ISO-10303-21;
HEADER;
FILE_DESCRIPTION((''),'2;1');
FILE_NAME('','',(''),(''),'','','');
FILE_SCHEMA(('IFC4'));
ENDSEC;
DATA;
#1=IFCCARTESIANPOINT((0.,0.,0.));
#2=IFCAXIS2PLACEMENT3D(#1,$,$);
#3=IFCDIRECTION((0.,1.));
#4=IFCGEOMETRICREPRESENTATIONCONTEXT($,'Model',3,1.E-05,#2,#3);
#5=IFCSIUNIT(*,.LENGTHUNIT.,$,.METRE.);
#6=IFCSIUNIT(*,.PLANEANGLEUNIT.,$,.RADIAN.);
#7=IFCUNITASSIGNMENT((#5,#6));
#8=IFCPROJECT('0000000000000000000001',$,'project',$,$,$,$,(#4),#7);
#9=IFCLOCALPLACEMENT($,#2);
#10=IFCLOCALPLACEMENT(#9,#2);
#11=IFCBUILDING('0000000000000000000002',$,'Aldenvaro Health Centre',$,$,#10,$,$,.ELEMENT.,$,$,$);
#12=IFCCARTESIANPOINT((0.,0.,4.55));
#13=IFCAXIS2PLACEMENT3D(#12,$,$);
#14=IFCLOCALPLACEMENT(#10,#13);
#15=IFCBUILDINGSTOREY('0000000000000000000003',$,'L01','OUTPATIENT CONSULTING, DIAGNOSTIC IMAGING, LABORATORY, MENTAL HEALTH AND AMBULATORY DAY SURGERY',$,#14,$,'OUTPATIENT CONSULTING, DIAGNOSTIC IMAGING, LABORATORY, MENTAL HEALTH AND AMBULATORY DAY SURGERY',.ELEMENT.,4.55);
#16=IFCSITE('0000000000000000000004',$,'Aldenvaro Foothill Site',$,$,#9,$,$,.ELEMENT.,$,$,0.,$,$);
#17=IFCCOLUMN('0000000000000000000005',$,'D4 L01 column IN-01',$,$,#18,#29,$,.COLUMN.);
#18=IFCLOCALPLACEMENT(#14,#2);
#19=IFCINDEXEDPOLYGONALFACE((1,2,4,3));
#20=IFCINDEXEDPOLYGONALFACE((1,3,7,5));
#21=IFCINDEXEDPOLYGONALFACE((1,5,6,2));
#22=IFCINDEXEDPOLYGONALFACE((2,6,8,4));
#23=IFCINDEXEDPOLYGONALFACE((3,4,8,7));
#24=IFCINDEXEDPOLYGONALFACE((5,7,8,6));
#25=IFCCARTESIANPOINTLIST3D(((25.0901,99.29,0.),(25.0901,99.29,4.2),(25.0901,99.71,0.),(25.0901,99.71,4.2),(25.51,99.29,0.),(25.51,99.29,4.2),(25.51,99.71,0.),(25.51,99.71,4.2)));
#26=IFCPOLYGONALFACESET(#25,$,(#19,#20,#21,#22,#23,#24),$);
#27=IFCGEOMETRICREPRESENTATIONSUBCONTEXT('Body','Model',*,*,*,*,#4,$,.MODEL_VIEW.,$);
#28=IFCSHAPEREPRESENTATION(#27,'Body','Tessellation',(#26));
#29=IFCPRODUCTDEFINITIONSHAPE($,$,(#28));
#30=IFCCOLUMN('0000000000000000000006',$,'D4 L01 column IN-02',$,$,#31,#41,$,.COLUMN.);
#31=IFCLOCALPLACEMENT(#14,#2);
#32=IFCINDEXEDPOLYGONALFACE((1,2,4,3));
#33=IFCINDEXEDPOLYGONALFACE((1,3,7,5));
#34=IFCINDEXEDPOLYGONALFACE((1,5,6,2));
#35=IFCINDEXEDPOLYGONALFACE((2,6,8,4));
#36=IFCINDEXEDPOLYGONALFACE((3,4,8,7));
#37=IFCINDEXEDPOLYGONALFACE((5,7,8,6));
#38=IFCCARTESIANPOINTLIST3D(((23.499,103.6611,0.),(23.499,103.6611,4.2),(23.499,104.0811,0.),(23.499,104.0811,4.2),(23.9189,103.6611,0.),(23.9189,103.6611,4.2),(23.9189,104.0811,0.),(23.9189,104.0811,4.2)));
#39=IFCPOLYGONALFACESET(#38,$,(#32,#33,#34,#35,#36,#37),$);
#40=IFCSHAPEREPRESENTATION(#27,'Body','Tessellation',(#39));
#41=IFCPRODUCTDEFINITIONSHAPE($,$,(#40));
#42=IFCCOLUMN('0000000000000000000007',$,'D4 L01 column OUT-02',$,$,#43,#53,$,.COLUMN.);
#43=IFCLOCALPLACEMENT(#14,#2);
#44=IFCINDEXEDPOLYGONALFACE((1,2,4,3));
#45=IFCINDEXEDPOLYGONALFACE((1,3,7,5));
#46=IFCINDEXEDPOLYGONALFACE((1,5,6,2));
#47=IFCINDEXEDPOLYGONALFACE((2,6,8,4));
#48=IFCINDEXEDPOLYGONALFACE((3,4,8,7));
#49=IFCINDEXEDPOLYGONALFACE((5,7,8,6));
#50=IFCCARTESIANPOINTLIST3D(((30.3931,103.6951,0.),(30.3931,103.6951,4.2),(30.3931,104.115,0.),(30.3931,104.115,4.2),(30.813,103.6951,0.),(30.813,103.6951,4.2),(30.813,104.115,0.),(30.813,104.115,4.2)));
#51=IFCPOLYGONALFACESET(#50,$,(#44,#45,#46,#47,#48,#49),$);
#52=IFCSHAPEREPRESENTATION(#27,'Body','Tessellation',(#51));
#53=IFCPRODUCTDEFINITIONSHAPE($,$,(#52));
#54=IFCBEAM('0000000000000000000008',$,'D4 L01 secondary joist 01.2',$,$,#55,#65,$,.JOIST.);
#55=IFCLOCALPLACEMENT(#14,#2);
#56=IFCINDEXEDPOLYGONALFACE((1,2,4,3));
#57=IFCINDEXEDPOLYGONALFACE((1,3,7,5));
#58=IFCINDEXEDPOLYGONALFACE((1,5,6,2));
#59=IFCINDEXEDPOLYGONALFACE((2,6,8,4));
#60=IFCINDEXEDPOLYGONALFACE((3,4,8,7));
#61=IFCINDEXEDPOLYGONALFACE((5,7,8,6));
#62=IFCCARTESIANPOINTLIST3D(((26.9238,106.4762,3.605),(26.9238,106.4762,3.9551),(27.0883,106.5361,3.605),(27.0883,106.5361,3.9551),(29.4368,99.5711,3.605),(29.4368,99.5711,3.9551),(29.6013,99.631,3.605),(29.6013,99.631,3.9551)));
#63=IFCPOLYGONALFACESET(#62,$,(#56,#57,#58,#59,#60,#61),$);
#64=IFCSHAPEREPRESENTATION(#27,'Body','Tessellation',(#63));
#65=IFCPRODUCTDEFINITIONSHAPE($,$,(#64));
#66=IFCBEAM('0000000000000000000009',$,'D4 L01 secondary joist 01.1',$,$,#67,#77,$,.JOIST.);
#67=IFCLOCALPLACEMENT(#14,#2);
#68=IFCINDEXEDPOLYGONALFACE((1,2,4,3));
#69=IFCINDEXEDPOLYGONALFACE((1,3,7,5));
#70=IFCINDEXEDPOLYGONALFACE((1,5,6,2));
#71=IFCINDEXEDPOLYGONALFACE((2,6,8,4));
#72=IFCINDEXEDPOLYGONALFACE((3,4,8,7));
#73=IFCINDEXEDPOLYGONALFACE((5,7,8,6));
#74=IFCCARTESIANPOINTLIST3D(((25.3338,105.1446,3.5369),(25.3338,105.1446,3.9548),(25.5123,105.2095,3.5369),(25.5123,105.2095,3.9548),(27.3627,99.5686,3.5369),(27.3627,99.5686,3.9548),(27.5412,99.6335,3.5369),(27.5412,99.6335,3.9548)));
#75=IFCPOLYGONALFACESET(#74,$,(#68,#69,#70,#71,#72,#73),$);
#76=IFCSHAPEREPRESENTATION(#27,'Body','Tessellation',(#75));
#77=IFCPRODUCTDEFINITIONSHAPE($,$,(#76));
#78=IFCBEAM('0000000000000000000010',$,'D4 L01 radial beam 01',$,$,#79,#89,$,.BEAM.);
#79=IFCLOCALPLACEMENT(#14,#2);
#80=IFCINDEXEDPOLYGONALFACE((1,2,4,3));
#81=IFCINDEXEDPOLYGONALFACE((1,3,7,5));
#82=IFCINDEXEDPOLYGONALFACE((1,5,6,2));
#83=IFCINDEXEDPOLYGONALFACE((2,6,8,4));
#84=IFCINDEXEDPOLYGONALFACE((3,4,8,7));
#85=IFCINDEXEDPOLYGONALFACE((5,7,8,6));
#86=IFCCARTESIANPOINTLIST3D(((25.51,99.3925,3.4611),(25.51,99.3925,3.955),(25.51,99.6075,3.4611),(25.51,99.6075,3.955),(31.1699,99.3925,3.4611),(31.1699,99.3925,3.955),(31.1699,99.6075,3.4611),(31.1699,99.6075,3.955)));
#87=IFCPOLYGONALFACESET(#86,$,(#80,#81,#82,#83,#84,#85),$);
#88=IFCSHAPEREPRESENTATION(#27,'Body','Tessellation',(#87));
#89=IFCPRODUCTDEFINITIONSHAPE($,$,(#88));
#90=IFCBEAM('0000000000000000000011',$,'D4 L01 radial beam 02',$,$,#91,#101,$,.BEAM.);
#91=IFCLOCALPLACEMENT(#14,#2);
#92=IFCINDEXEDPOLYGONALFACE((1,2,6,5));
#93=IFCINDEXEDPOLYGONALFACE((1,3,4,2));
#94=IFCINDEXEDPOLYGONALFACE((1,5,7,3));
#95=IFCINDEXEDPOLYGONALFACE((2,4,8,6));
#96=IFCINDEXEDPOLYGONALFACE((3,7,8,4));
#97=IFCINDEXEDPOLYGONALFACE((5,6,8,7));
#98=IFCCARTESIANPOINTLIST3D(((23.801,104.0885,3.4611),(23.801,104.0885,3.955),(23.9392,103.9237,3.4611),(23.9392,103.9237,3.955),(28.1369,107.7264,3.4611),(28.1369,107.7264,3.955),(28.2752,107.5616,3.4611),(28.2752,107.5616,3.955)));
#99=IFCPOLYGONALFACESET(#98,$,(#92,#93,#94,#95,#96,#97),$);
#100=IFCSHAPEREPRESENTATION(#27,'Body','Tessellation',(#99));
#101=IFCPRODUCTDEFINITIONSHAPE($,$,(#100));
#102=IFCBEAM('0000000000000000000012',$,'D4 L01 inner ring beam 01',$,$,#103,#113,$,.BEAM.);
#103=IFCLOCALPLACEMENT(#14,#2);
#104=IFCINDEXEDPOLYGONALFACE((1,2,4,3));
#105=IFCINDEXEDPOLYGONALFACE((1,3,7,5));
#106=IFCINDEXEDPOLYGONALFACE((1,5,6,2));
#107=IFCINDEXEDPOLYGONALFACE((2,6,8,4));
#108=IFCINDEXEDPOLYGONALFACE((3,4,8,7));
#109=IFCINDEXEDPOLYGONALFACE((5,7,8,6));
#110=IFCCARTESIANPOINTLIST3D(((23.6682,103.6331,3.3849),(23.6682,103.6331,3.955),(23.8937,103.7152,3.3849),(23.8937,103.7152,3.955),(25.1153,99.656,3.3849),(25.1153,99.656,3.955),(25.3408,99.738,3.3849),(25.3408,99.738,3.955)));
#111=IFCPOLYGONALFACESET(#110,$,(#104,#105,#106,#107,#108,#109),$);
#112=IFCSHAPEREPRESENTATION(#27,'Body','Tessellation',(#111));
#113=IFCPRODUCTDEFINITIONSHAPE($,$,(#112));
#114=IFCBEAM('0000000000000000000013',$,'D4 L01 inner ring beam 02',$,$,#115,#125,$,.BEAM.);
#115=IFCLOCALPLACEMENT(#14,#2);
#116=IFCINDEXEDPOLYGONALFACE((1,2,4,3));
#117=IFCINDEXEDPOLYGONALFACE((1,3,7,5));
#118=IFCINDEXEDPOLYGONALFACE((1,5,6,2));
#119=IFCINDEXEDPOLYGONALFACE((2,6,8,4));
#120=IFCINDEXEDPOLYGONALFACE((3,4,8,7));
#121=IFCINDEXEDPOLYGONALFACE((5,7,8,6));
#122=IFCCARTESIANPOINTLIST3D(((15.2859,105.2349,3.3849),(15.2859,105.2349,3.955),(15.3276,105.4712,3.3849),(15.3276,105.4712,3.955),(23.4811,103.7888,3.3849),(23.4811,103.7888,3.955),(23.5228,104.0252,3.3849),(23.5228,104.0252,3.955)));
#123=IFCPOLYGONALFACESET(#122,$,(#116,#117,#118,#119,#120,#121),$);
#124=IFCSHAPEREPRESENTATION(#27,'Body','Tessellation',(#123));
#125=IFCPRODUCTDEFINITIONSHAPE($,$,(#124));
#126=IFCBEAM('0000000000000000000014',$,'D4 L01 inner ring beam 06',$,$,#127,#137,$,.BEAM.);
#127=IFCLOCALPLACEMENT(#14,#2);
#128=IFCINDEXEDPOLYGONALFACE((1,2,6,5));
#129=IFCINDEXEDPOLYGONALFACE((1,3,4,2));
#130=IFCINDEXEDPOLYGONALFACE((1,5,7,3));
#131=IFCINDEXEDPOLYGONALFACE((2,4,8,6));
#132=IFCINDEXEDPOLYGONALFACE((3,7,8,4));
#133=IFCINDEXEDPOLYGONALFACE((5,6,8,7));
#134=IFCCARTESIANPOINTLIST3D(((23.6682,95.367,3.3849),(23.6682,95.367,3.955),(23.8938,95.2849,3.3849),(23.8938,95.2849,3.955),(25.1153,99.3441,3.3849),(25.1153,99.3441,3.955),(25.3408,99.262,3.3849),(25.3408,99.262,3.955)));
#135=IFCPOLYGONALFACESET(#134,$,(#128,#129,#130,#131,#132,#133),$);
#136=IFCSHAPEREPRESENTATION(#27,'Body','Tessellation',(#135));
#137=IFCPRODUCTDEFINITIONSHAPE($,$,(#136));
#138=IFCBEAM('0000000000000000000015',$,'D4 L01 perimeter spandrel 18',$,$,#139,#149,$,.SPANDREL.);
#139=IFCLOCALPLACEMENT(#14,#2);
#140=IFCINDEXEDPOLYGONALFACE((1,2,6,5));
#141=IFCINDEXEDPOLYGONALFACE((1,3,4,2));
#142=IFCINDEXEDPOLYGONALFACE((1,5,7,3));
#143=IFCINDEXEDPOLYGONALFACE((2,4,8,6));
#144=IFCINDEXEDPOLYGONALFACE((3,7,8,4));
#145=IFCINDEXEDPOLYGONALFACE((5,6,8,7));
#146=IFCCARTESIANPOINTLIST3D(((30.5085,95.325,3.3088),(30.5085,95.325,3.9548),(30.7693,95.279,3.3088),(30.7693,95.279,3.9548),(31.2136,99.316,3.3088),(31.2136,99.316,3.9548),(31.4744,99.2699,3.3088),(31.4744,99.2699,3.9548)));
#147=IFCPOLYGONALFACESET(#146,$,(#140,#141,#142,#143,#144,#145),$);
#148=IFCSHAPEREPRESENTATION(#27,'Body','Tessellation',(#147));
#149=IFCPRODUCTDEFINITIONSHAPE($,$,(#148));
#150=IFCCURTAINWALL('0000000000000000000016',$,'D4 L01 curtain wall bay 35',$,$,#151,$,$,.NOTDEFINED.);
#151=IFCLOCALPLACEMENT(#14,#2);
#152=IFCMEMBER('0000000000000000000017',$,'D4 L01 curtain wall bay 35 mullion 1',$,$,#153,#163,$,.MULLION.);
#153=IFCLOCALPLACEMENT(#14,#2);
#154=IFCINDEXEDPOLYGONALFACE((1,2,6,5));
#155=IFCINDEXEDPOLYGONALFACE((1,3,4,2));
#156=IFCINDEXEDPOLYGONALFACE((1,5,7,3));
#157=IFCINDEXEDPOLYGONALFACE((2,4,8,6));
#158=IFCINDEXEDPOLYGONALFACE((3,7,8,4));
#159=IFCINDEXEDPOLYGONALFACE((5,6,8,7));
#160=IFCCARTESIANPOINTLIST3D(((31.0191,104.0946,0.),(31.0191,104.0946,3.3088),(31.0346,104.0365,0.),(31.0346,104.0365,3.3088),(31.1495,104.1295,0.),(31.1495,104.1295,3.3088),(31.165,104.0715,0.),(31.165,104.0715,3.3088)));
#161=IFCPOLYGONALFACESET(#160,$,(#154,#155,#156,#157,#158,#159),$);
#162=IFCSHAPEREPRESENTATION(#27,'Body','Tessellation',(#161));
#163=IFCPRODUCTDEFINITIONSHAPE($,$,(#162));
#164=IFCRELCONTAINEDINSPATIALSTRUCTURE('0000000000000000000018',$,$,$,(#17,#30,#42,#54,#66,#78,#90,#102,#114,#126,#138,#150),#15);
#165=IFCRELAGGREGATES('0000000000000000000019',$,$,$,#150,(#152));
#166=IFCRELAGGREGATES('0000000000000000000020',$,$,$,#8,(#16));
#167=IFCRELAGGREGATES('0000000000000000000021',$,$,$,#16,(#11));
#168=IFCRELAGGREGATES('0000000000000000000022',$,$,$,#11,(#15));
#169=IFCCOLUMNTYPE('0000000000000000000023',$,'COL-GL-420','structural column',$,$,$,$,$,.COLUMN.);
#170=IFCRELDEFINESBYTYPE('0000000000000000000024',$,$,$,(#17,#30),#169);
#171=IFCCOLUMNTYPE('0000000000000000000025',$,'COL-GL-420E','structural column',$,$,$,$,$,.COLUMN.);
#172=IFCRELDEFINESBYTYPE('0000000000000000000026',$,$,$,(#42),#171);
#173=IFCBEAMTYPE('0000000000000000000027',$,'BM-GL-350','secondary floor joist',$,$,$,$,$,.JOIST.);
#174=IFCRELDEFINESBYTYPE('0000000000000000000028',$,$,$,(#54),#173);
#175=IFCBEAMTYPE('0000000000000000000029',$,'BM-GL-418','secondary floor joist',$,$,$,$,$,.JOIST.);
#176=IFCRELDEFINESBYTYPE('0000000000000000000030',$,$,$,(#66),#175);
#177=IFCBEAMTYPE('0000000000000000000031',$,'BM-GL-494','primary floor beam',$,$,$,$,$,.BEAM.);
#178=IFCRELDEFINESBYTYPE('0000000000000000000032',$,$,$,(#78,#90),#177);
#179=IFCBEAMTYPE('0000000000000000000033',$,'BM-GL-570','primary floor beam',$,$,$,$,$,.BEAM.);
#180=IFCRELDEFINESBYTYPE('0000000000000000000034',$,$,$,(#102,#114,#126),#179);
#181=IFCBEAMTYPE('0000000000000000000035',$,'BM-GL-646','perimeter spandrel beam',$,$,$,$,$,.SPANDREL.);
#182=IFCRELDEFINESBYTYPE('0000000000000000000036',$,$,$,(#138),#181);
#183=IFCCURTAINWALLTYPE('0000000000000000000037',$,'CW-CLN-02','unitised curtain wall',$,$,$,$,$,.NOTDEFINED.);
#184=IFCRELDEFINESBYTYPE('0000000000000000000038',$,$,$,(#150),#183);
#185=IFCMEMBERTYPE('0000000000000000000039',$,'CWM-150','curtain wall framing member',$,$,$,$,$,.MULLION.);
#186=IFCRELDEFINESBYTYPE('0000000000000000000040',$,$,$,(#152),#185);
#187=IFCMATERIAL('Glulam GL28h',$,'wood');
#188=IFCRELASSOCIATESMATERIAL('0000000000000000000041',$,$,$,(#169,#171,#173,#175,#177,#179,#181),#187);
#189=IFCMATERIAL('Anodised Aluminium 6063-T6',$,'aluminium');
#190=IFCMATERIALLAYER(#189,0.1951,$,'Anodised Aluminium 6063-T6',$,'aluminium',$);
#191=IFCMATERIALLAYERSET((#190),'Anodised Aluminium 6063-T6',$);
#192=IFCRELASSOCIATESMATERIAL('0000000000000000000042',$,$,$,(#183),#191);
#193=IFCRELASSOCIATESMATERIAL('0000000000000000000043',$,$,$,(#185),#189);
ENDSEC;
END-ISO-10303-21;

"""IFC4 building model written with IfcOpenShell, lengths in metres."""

from ifc_helpers import new_model, si_unit, direction, frame, origin, origin_2d, place, context, subcontext, project, spatial, rectangle, extrude, material, layer, layer_set, material_profile, profile_set, type_object, element, aggregate, save


model = new_model("IFC4")

# Units and contexts
model_context = context("Model", 3, precision=1e-05, world=origin(), true_north=direction((0.0, 1.0)))
body_context = subcontext(model_context, "Body", "Model", "MODEL_VIEW")
ifc_project = project(units=[si_unit("LENGTHUNIT", "METRE"), si_unit("PLANEANGLEUNIT", "RADIAN")], contexts=[model_context])

# Site, building, storey
site_placement = place(None, origin())
site = spatial("IfcSite", under=ifc_project, at=site_placement, Name="Aldenvaro Foothill Site", CompositionType="ELEMENT", RefElevation=0.0)
building_placement = place(site_placement, origin())
building = spatial("IfcBuilding", under=site, at=building_placement, Name="Aldenvaro Health Centre", CompositionType="ELEMENT")
storey_placement = place(building_placement, frame((0.0, 0.0, 4.55)))
storey = spatial("IfcBuildingStorey", under=building, at=storey_placement, Name="L01", Description="OUTPATIENT CONSULTING, DIAGNOSTIC IMAGING, LABORATORY, MENTAL HEALTH AND AMBULATORY DAY SURGERY", LongName="OUTPATIENT CONSULTING, DIAGNOSTIC IMAGING, LABORATORY, MENTAL HEALTH AND AMBULATORY DAY SURGERY", CompositionType="ELEMENT", Elevation=4.55)

# Columns
ifc_material_1 = material(Name="Glulam GL28h", Category="wood")
ifc_material_profile_1 = material_profile(ifc_material_1, rectangle(XDim=0.4199, YDim=0.4199, at=origin_2d()), Name="GL 420x420", Category="wood")
ifc_profile_set_1 = profile_set([ifc_material_profile_1], Name="Glulam GL28h")
column_type_1 = type_object("IfcColumnType", Name="COL-GL-420", Description="structural column", PredefinedType="COLUMN", material=ifc_profile_set_1)
for number, where, z_axis, x_axis, name in (
    (1, (25.3, 99.5, 0.0), (0.0, 0.0, 1.0), (1.0, 0.0, 0.0), "D4 L01 column IN-01"),
    (2, (23.709, 103.8711, 0.0), (0.0, 0.0, 1.0), (1.0, 0.0, 0.0), "D4 L01 column IN-02"),
):
    element("IfcColumn", number, at=place(storey_placement, frame(where, z_axis=z_axis, x_axis=x_axis)), inside=storey, type_object=column_type_1, Name=name, PredefinedType="COLUMN", context=body_context, shape_type="SweptSolid", body=[
        extrude(rectangle(XDim=0.4199, YDim=0.4199, at=origin_2d()), origin(), (0.0, 0.0, 1.0), 4.2),
    ])
ifc_material_profile_2 = material_profile(ifc_material_1, rectangle(XDim=0.4199, YDim=0.4199, at=origin_2d()), Name="GL 420x420", Category="wood")
ifc_profile_set_2 = profile_set([ifc_material_profile_2], Name="Glulam GL28h")
column_type_2 = type_object("IfcColumnType", Name="COL-GL-420E", Description="structural column", PredefinedType="COLUMN", material=ifc_profile_set_2)
column_placement = place(storey_placement, frame((30.603, 103.905, 0.0), z_axis=(0.0, 0.0, 1.0), x_axis=(1.0, 0.0, 0.0)))
element("IfcColumn", 3, at=column_placement, inside=storey, type_object=column_type_2, Name="D4 L01 column OUT-02", PredefinedType="COLUMN", context=body_context, shape_type="SweptSolid", body=[
    extrude(rectangle(XDim=0.4199, YDim=0.4199, at=origin_2d()), origin(), (0.0, 0.0, 1.0), 4.2),
])

# Beams
ifc_material_profile_3 = material_profile(ifc_material_1, rectangle(XDim=0.175, YDim=0.3501, at=origin_2d()), Name="GL 175x350", Category="wood")
ifc_profile_set_3 = profile_set([ifc_material_profile_3], Name="Glulam GL28h")
beam_type_1 = type_object("IfcBeamType", Name="BM-GL-350", Description="secondary floor joist", PredefinedType="JOIST", material=ifc_profile_set_3)
beam_1_placement = place(storey_placement, frame((29.519, 99.6011, 3.78), z_axis=(-0.341986, 0.939705, 0.0), x_axis=(-0.939705, -0.341986, 0.0)))
element("IfcBeam", 4, at=beam_1_placement, inside=storey, type_object=beam_type_1, Name="D4 L01 secondary joist 01.2", PredefinedType="JOIST", context=body_context, shape_type="SweptSolid", body=[
    extrude(rectangle(XDim=0.175, YDim=0.3501, at=origin_2d()), origin(), (0.0, 0.0, 1.0), 7.3481),
])
ifc_material_profile_4 = material_profile(ifc_material_1, rectangle(XDim=0.1899, YDim=0.418, at=origin_2d()), Name="GL 190x418", Category="wood")
ifc_profile_set_4 = profile_set([ifc_material_profile_4], Name="Glulam GL28h")
beam_type_2 = type_object("IfcBeamType", Name="BM-GL-418", Description="secondary floor joist", PredefinedType="JOIST", material=ifc_profile_set_4)
beam_2_placement = place(storey_placement, frame((27.4519, 99.6011, 3.7458), z_axis=(-0.341921, 0.939729, 0.0), x_axis=(-0.939729, -0.341921, 0.0)))
element("IfcBeam", 5, at=beam_2_placement, inside=storey, type_object=beam_type_2, Name="D4 L01 secondary joist 01.1", PredefinedType="JOIST", context=body_context, shape_type="SweptSolid", body=[
    extrude(rectangle(XDim=0.1899, YDim=0.418, at=origin_2d()), origin(), (0.0, 0.0, 1.0), 5.9336),
])
ifc_material_profile_5 = material_profile(ifc_material_1, rectangle(XDim=0.2151, YDim=0.4939, at=origin_2d()), Name="GL 215x494", Category="wood")
ifc_profile_set_5 = profile_set([ifc_material_profile_5], Name="Glulam GL28h")
beam_type_3 = type_object("IfcBeamType", Name="BM-GL-494", Description="primary floor beam", PredefinedType="BEAM", material=ifc_profile_set_5)
for number, where, z_axis, x_axis, name in (
    (6, (25.51, 99.5, 3.708), (1.0, 0.0, 0.0), (0.0, 1.0, 0.0), "D4 L01 radial beam 01"),
    (7, (23.8701, 104.0061, 3.708), (0.766074, 0.642752, 0.0), (-0.642752, 0.766074, 0.0), "D4 L01 radial beam 02"),
):
    element("IfcBeam", number, at=place(storey_placement, frame(where, z_axis=z_axis, x_axis=x_axis)), inside=storey, type_object=beam_type_3, Name=name, PredefinedType="BEAM", context=body_context, shape_type="SweptSolid", body=[
        extrude(rectangle(XDim=0.2151, YDim=0.4939, at=origin_2d()), origin(), (0.0, 0.0, 1.0), 5.6599),
    ])
ifc_material_profile_6 = material_profile(ifc_material_1, rectangle(XDim=0.24, YDim=0.5701, at=origin_2d()), Name="GL 240x570", Category="wood")
ifc_profile_set_6 = profile_set([ifc_material_profile_6], Name="Glulam GL28h")
beam_type_4 = type_object("IfcBeamType", Name="BM-GL-570", Description="primary floor beam", PredefinedType="BEAM", material=ifc_profile_set_6)
beam_3_placement = place(storey_placement, frame((25.228, 99.697, 3.6699), z_axis=(-0.341914, 0.939731, 0.0), x_axis=(-0.939731, -0.341914, 0.0)))
element("IfcBeam", 8, at=beam_3_placement, inside=storey, type_object=beam_type_4, Name="D4 L01 inner ring beam 01", PredefinedType="BEAM", context=body_context, shape_type="SweptSolid", body=[
    extrude(rectangle(XDim=0.24, YDim=0.5701, at=origin_2d()), origin(), (0.0, 0.0, 1.0), 4.2322),
])
beam_4_placement = place(storey_placement, frame((23.502, 103.907, 3.6699), z_axis=(-0.984787, 0.173769, 0.0), x_axis=(-0.173769, -0.984787, 0.0)))
element("IfcBeam", 9, at=beam_4_placement, inside=storey, type_object=beam_type_4, Name="D4 L01 inner ring beam 02", PredefinedType="BEAM", context=body_context, shape_type="SweptSolid", body=[
    extrude(rectangle(XDim=0.24, YDim=0.5701, at=origin_2d()), origin(), (0.0, 0.0, 1.0), 8.3218),
])
beam_5_placement = place(storey_placement, frame((23.781, 95.3259, 3.6699), z_axis=(0.341914, 0.939731, 0.0), x_axis=(-0.939731, 0.341914, 0.0)))
element("IfcBeam", 10, at=beam_5_placement, inside=storey, type_object=beam_type_4, Name="D4 L01 inner ring beam 06", PredefinedType="BEAM", context=body_context, shape_type="SweptSolid", body=[
    extrude(rectangle(XDim=0.24, YDim=0.5701, at=origin_2d()), origin(), (0.0, 0.0, 1.0), 4.2322),
])
ifc_material_profile_7 = material_profile(ifc_material_1, rectangle(XDim=0.2649, YDim=0.646, at=origin_2d()), Name="GL 265x646", Category="wood")
ifc_profile_set_7 = profile_set([ifc_material_profile_7], Name="Glulam GL28h")
beam_type_5 = type_object("IfcBeamType", Name="BM-GL-646", Description="perimeter spandrel beam", PredefinedType="SPANDREL", material=ifc_profile_set_7)
beam_6_placement = place(storey_placement, frame((30.6389, 95.302, 3.6318), z_axis=(0.173974, 0.98475, 0.0), x_axis=(-0.98475, 0.173974, 0.0)))
element("IfcBeam", 11, at=beam_6_placement, inside=storey, type_object=beam_type_5, Name="D4 L01 perimeter spandrel 18", PredefinedType="SPANDREL", context=body_context, shape_type="SweptSolid", body=[
    extrude(rectangle(XDim=0.2649, YDim=0.646, at=origin_2d()), origin(), (0.0, 0.0, 1.0), 4.0527),
])

# Curtain wall, member
ifc_material_2 = material(Name="Anodised Aluminium 6063-T6", Category="aluminium")
ifc_layer_1 = layer(ifc_material_2, 0.1951, Name="Anodised Aluminium 6063-T6", Category="aluminium")
ifc_layer_set_1 = layer_set([ifc_layer_1], Name="Anodised Aluminium 6063-T6")
curtain_wall_type = type_object("IfcCurtainWallType", Name="CW-CLN-02", Description="unitised curtain wall", PredefinedType="NOTDEFINED", material=ifc_layer_set_1)
curtain_wall_placement = place(storey_placement, origin())
curtain_wall = element("IfcCurtainWall", 12, at=curtain_wall_placement, inside=storey, type_object=curtain_wall_type, Name="D4 L01 curtain wall bay 35", PredefinedType="NOTDEFINED")
ifc_material_profile_8 = material_profile(ifc_material_2, rectangle(XDim=0.0601, YDim=0.135, at=origin_2d()), Name="ALU 60x135", Category="aluminium")
ifc_profile_set_8 = profile_set([ifc_material_profile_8], Name="Anodised Aluminium 6063-T6")
member_type = type_object("IfcMemberType", Name="CWM-150", Description="curtain wall framing member", PredefinedType="MULLION", material=ifc_profile_set_8)
member_placement = place(storey_placement, frame((31.092, 104.083, 0.0), z_axis=(0.0, 0.0, 1.0), x_axis=(0.258622, -0.965979, 0.0)))
member = element("IfcMember", 13, at=member_placement, type_object=member_type, Name="D4 L01 curtain wall bay 35 mullion 1", PredefinedType="MULLION", context=body_context, shape_type="SweptSolid", body=[
    extrude(rectangle(XDim=0.0601, YDim=0.135, at=origin_2d()), origin(), (0.0, 0.0, 1.0), 3.3088),
])
aggregate(curtain_wall, [member])

save(model, "model.ifc")
